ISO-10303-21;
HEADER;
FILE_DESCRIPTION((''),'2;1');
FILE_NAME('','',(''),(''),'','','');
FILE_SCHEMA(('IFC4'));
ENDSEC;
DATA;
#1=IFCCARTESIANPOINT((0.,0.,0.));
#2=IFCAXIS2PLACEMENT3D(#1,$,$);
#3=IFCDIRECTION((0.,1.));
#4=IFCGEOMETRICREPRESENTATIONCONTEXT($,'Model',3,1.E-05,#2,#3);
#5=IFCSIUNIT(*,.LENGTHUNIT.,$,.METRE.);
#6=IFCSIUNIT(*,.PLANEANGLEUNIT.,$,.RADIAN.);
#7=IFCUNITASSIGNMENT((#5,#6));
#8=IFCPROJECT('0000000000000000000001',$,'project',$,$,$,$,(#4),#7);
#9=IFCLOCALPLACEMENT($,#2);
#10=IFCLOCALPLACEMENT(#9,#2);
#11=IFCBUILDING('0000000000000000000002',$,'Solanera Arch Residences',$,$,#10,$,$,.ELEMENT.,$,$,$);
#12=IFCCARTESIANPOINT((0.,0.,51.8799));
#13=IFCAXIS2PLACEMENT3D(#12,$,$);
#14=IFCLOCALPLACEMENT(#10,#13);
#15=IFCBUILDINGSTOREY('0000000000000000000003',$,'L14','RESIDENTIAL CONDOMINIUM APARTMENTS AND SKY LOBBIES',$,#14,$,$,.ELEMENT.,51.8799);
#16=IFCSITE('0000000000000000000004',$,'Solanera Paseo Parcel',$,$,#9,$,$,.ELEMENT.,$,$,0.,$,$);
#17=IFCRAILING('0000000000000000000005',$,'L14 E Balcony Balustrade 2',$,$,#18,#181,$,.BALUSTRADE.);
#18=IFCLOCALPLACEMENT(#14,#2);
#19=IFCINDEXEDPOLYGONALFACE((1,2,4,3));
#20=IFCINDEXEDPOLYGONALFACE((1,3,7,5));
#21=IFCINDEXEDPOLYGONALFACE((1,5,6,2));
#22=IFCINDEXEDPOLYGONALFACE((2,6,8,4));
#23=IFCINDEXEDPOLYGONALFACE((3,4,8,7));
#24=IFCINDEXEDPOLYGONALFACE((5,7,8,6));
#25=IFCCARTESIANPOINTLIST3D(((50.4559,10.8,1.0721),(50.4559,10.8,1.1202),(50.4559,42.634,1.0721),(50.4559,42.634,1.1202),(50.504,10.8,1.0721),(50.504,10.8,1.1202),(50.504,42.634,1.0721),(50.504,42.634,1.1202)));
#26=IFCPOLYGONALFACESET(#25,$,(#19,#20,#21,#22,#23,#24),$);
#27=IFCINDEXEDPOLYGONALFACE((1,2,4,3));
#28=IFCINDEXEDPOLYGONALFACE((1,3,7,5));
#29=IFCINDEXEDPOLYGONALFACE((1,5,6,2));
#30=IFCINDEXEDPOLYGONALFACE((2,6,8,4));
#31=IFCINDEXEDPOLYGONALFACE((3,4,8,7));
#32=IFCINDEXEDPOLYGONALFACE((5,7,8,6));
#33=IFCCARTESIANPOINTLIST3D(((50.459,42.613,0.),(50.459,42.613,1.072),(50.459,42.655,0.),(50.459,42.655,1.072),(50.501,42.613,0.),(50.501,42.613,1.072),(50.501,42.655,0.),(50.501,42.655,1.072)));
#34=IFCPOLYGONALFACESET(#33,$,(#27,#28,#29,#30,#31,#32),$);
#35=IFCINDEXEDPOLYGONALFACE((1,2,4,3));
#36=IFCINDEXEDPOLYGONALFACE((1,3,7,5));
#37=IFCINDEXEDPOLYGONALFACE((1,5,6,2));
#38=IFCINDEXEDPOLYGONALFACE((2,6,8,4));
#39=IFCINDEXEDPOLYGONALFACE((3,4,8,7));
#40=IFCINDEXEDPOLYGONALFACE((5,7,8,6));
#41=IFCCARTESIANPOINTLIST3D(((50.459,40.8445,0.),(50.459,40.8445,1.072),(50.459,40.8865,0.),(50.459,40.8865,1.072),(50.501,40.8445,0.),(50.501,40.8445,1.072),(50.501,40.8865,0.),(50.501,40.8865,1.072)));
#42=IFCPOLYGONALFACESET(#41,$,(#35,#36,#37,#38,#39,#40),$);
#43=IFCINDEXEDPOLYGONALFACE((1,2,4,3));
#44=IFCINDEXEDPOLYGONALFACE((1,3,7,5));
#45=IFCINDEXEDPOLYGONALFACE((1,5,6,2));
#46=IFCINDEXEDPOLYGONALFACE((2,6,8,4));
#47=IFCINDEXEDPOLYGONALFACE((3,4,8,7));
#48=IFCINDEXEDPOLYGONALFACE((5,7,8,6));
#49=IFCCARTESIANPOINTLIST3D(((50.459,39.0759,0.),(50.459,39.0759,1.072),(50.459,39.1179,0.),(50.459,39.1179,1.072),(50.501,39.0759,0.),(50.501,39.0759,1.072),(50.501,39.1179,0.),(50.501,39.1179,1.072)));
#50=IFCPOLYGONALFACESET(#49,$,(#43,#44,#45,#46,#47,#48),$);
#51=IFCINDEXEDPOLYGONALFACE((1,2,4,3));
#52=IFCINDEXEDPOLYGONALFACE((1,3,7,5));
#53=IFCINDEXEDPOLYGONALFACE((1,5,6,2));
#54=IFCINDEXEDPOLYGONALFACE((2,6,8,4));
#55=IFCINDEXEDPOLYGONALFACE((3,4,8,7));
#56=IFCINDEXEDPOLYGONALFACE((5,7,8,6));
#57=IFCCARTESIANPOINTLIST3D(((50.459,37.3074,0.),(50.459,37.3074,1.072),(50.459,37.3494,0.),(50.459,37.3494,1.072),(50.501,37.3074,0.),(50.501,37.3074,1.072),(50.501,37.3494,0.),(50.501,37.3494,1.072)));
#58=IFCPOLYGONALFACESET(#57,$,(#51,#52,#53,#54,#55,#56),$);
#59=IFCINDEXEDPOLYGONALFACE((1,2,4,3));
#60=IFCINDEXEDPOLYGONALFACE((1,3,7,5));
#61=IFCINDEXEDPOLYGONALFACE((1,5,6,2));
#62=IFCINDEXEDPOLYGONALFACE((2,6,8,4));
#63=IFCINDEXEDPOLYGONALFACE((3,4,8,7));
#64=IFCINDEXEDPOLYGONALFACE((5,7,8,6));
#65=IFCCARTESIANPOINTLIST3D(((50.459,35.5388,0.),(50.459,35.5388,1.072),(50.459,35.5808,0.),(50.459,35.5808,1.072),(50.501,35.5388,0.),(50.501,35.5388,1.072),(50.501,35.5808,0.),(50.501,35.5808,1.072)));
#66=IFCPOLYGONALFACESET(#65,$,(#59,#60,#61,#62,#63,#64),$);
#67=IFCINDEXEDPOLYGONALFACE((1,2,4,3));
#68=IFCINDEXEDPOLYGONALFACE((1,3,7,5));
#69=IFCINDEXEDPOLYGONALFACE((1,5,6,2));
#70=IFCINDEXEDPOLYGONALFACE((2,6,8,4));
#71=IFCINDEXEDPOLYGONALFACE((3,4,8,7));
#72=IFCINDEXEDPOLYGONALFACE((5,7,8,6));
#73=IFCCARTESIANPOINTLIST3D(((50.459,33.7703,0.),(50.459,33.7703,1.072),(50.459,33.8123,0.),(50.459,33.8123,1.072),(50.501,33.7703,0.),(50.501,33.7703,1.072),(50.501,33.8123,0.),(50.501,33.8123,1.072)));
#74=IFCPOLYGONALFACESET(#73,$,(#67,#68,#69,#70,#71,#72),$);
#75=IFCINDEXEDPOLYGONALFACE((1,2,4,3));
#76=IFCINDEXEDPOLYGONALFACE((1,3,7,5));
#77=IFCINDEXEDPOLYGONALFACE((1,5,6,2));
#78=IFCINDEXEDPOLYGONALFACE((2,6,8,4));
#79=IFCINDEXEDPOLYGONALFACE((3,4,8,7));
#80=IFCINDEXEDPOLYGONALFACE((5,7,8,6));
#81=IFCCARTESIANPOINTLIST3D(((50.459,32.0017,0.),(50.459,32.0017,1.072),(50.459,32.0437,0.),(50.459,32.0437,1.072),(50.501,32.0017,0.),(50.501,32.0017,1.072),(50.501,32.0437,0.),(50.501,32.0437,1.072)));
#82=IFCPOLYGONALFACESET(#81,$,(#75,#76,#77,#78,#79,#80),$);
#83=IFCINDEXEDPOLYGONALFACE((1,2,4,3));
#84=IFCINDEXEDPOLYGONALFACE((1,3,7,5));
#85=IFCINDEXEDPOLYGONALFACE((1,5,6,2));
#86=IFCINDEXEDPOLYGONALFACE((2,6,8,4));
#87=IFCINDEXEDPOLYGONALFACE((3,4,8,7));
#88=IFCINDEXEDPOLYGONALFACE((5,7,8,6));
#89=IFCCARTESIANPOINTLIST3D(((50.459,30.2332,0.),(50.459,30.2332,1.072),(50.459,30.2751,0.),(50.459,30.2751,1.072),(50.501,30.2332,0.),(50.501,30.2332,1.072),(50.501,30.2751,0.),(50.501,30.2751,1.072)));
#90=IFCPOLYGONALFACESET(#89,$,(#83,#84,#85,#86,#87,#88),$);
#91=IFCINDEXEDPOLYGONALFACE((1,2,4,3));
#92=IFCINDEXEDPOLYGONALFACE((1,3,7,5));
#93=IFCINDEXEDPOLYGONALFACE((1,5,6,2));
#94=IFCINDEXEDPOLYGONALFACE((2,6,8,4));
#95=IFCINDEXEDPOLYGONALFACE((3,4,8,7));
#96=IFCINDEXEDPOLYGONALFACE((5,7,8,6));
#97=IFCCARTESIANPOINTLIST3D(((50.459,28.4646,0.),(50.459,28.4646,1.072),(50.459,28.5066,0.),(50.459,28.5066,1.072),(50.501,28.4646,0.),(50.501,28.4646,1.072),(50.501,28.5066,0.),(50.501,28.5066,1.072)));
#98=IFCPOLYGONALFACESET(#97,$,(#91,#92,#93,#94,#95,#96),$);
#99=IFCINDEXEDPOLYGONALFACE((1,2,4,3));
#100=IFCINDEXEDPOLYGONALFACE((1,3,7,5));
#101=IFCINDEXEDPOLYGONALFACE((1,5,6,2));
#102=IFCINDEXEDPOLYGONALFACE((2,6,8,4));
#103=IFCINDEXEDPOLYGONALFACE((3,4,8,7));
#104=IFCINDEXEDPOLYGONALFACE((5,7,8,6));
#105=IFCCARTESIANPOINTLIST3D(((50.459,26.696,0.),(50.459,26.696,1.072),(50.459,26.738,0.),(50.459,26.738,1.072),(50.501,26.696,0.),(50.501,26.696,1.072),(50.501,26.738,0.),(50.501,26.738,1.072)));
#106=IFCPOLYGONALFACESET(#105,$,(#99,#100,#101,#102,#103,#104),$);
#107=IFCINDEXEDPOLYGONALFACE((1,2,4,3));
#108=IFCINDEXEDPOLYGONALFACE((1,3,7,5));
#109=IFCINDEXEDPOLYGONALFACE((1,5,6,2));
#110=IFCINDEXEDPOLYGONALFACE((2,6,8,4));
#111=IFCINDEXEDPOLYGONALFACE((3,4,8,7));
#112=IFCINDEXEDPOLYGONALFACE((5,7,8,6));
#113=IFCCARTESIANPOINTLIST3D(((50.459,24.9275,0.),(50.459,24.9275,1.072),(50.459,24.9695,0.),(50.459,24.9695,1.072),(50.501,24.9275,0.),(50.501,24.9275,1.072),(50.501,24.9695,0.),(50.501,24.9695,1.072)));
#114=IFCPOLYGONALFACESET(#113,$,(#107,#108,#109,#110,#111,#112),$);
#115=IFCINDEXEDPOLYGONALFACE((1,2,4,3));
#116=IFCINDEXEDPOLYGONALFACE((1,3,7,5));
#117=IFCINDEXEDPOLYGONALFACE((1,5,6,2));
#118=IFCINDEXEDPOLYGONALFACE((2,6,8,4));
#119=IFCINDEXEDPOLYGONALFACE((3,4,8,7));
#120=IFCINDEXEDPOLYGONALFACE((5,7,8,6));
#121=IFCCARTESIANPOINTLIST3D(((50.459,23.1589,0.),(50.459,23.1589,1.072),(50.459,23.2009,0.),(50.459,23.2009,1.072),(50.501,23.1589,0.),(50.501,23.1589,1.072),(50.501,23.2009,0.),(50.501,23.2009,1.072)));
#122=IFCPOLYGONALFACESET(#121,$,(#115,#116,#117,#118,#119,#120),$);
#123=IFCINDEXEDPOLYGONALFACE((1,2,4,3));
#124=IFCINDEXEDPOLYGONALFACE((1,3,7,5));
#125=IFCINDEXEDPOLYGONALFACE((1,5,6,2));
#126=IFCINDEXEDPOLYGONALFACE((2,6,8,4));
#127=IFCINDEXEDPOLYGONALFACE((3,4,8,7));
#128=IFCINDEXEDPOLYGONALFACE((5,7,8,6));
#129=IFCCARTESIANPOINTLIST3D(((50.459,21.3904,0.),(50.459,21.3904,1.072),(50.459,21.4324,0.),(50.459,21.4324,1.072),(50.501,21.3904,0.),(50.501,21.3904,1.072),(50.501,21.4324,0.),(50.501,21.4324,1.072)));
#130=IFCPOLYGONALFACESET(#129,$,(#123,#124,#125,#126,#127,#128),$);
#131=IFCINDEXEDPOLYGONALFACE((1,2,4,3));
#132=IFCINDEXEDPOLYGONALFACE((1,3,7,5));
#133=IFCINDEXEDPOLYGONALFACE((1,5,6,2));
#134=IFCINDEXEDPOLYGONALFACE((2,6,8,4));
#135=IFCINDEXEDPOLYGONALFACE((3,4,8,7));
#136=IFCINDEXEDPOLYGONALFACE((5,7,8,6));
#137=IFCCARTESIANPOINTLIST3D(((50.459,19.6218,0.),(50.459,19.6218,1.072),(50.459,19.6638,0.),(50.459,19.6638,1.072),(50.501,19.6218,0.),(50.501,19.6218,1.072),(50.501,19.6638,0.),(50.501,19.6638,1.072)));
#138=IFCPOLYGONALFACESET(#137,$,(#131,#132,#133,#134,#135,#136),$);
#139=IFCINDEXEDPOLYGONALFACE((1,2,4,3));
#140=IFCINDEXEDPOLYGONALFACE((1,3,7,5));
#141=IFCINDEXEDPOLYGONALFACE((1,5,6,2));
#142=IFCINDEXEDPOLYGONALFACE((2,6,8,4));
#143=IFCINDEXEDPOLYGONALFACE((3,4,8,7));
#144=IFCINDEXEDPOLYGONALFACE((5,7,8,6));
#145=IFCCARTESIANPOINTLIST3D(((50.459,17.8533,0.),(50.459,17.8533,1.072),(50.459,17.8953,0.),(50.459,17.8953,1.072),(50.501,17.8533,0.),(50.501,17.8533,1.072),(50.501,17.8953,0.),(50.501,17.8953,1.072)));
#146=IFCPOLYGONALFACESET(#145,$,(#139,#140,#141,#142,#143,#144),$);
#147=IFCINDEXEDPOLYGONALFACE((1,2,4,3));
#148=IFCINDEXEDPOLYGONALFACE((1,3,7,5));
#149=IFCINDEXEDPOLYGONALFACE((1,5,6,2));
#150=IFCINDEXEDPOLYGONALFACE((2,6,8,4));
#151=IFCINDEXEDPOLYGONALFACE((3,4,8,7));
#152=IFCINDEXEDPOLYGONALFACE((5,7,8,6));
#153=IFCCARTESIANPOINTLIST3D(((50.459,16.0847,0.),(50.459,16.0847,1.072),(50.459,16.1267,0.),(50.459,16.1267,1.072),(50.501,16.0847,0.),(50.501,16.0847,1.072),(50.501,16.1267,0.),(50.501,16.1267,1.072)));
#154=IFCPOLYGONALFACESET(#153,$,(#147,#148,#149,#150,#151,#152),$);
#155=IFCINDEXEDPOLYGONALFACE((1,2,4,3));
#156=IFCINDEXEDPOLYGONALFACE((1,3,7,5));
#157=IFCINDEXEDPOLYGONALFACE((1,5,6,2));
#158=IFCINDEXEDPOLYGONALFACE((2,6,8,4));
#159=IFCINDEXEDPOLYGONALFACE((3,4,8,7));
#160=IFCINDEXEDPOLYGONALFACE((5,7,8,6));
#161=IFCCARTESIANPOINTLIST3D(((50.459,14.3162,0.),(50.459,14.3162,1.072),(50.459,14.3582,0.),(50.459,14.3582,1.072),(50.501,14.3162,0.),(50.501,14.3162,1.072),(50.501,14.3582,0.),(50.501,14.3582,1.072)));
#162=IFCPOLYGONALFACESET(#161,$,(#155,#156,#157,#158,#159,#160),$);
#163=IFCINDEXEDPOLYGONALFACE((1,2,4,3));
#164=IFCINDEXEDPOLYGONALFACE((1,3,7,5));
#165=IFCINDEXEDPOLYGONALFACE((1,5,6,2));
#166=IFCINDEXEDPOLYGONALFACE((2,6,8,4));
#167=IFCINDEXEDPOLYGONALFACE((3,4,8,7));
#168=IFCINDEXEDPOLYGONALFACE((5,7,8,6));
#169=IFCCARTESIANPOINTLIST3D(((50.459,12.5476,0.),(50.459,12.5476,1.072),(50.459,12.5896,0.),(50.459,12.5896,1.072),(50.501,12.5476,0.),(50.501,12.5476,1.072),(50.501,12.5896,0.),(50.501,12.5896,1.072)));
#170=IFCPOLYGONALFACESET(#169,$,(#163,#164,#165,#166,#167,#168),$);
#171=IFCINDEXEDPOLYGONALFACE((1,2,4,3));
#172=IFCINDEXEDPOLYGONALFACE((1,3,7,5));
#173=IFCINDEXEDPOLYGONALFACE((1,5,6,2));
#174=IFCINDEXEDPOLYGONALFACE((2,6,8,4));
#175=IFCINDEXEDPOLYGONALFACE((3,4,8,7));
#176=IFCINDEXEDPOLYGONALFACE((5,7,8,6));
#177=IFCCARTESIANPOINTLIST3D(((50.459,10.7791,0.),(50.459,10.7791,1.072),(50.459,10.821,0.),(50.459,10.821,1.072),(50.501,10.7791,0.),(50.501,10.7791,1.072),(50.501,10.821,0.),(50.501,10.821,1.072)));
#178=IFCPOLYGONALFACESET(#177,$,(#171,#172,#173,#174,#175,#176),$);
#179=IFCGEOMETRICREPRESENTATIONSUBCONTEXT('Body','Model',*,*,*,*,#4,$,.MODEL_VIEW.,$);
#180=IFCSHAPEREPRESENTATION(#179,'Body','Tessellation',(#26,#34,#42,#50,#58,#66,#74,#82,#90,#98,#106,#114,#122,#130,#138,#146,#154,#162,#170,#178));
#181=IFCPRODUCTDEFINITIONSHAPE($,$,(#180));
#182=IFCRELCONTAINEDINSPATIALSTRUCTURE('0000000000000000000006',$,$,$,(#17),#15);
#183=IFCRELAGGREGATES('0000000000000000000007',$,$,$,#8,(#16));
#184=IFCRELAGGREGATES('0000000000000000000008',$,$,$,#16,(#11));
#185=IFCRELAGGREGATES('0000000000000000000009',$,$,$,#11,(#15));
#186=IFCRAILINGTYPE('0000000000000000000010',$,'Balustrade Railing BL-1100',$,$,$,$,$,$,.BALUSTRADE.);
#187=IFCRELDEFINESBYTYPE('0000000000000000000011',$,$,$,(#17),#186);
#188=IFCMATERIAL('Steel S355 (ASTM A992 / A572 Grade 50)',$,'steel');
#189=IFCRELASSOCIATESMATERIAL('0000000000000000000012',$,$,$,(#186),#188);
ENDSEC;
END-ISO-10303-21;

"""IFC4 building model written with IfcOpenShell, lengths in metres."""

from ifc_helpers import new_model, si_unit, direction, frame, origin, origin_2d, place, context, subcontext, project, spatial, rectangle, extrude, material, type_object, element, save


model = new_model("IFC4")

# Units and contexts
model_context = context("Model", 3, precision=1e-05, world=origin(), true_north=direction((0.0, 1.0)))
body_context = subcontext(model_context, "Body", "Model", "MODEL_VIEW")
ifc_project = project(units=[si_unit("LENGTHUNIT", "METRE"), si_unit("PLANEANGLEUNIT", "RADIAN")], contexts=[model_context])

# Site, building, storey
site_placement = place(None, origin())
site = spatial("IfcSite", under=ifc_project, at=site_placement, Name="Solanera Paseo Parcel", CompositionType="ELEMENT", RefElevation=0.0)
building_placement = place(site_placement, origin())
building = spatial("IfcBuilding", under=site, at=building_placement, Name="Solanera Arch Residences", CompositionType="ELEMENT")
storey_placement = place(building_placement, frame((0.0, 0.0, 51.8799)))
storey = spatial("IfcBuildingStorey", under=building, at=storey_placement, Name="L14", Description="RESIDENTIAL CONDOMINIUM APARTMENTS AND SKY LOBBIES", CompositionType="ELEMENT", Elevation=51.8799)

# Railing
ifc_material_1 = material(Name="Steel S355 (ASTM A992 / A572 Grade 50)", Category="steel")
railing_type = type_object("IfcRailingType", Name="Balustrade Railing BL-1100", PredefinedType="BALUSTRADE", material=ifc_material_1)
railing_1_placement = place(storey_placement, frame((50.48, 42.634, 0.0)))
element("IfcRailing", 1, at=railing_1_placement, inside=storey, type_object=railing_type, Name="L14 E Balcony Balustrade 2", PredefinedType="BALUSTRADE", context=body_context, shape_type="SweptSolid", body=[
    extrude(rectangle(XDim=0.0481, YDim=0.0481, at=origin_2d()), frame((0.0, 0.0, 1.0962), z_axis=(0.0, -1.0, 0.0), x_axis=(1.0, 0.0, 0.0)), (0.0, 0.0, 1.0), 31.834),
    extrude(rectangle(XDim=0.042, YDim=0.042, at=origin_2d()), origin(), (0.0, 0.0, 1.0), 1.072),
    extrude(rectangle(XDim=0.042, YDim=0.042, at=origin_2d()), frame((0.0, -1.7686, 0.0)), (0.0, 0.0, 1.0), 1.072),
    extrude(rectangle(XDim=0.042, YDim=0.042, at=origin_2d()), frame((0.0, -3.5371, 0.0)), (0.0, 0.0, 1.0), 1.072),
    extrude(rectangle(XDim=0.042, YDim=0.042, at=origin_2d()), frame((0.0, -5.3057, 0.0)), (0.0, 0.0, 1.0), 1.072),
    extrude(rectangle(XDim=0.042, YDim=0.042, at=origin_2d()), frame((0.0, -7.0742, 0.0)), (0.0, 0.0, 1.0), 1.072),
    extrude(rectangle(XDim=0.042, YDim=0.042, at=origin_2d()), frame((0.0, -8.8428, 0.0)), (0.0, 0.0, 1.0), 1.072),
    extrude(rectangle(XDim=0.042, YDim=0.042, at=origin_2d()), frame((0.0, -10.6113, 0.0)), (0.0, 0.0, 1.0), 1.072),
    extrude(rectangle(XDim=0.042, YDim=0.042, at=origin_2d()), frame((0.0, -12.3799, 0.0)), (0.0, 0.0, 1.0), 1.072),
    extrude(rectangle(XDim=0.042, YDim=0.042, at=origin_2d()), frame((0.0, -14.1484, 0.0)), (0.0, 0.0, 1.0), 1.072),
    extrude(rectangle(XDim=0.042, YDim=0.042, at=origin_2d()), frame((0.0, -15.917, 0.0)), (0.0, 0.0, 1.0), 1.072),
    extrude(rectangle(XDim=0.042, YDim=0.042, at=origin_2d()), frame((0.0, -17.6855, 0.0)), (0.0, 0.0, 1.0), 1.072),
    extrude(rectangle(XDim=0.042, YDim=0.042, at=origin_2d()), frame((0.0, -19.4541, 0.0)), (0.0, 0.0, 1.0), 1.072),
    extrude(rectangle(XDim=0.042, YDim=0.042, at=origin_2d()), frame((0.0, -21.2227, 0.0)), (0.0, 0.0, 1.0), 1.072),
    extrude(rectangle(XDim=0.042, YDim=0.042, at=origin_2d()), frame((0.0, -22.9912, 0.0)), (0.0, 0.0, 1.0), 1.072),
    extrude(rectangle(XDim=0.042, YDim=0.042, at=origin_2d()), frame((0.0, -24.7598, 0.0)), (0.0, 0.0, 1.0), 1.072),
    extrude(rectangle(XDim=0.042, YDim=0.042, at=origin_2d()), frame((0.0, -26.5283, 0.0)), (0.0, 0.0, 1.0), 1.072),
    extrude(rectangle(XDim=0.042, YDim=0.042, at=origin_2d()), frame((0.0, -28.2969, 0.0)), (0.0, 0.0, 1.0), 1.072),
    extrude(rectangle(XDim=0.042, YDim=0.042, at=origin_2d()), frame((0.0, -30.0654, 0.0)), (0.0, 0.0, 1.0), 1.072),
    extrude(rectangle(XDim=0.042, YDim=0.042, at=origin_2d()), frame((0.0, -31.834, 0.0)), (0.0, 0.0, 1.0), 1.072),
])

save(model, "model.ifc")
